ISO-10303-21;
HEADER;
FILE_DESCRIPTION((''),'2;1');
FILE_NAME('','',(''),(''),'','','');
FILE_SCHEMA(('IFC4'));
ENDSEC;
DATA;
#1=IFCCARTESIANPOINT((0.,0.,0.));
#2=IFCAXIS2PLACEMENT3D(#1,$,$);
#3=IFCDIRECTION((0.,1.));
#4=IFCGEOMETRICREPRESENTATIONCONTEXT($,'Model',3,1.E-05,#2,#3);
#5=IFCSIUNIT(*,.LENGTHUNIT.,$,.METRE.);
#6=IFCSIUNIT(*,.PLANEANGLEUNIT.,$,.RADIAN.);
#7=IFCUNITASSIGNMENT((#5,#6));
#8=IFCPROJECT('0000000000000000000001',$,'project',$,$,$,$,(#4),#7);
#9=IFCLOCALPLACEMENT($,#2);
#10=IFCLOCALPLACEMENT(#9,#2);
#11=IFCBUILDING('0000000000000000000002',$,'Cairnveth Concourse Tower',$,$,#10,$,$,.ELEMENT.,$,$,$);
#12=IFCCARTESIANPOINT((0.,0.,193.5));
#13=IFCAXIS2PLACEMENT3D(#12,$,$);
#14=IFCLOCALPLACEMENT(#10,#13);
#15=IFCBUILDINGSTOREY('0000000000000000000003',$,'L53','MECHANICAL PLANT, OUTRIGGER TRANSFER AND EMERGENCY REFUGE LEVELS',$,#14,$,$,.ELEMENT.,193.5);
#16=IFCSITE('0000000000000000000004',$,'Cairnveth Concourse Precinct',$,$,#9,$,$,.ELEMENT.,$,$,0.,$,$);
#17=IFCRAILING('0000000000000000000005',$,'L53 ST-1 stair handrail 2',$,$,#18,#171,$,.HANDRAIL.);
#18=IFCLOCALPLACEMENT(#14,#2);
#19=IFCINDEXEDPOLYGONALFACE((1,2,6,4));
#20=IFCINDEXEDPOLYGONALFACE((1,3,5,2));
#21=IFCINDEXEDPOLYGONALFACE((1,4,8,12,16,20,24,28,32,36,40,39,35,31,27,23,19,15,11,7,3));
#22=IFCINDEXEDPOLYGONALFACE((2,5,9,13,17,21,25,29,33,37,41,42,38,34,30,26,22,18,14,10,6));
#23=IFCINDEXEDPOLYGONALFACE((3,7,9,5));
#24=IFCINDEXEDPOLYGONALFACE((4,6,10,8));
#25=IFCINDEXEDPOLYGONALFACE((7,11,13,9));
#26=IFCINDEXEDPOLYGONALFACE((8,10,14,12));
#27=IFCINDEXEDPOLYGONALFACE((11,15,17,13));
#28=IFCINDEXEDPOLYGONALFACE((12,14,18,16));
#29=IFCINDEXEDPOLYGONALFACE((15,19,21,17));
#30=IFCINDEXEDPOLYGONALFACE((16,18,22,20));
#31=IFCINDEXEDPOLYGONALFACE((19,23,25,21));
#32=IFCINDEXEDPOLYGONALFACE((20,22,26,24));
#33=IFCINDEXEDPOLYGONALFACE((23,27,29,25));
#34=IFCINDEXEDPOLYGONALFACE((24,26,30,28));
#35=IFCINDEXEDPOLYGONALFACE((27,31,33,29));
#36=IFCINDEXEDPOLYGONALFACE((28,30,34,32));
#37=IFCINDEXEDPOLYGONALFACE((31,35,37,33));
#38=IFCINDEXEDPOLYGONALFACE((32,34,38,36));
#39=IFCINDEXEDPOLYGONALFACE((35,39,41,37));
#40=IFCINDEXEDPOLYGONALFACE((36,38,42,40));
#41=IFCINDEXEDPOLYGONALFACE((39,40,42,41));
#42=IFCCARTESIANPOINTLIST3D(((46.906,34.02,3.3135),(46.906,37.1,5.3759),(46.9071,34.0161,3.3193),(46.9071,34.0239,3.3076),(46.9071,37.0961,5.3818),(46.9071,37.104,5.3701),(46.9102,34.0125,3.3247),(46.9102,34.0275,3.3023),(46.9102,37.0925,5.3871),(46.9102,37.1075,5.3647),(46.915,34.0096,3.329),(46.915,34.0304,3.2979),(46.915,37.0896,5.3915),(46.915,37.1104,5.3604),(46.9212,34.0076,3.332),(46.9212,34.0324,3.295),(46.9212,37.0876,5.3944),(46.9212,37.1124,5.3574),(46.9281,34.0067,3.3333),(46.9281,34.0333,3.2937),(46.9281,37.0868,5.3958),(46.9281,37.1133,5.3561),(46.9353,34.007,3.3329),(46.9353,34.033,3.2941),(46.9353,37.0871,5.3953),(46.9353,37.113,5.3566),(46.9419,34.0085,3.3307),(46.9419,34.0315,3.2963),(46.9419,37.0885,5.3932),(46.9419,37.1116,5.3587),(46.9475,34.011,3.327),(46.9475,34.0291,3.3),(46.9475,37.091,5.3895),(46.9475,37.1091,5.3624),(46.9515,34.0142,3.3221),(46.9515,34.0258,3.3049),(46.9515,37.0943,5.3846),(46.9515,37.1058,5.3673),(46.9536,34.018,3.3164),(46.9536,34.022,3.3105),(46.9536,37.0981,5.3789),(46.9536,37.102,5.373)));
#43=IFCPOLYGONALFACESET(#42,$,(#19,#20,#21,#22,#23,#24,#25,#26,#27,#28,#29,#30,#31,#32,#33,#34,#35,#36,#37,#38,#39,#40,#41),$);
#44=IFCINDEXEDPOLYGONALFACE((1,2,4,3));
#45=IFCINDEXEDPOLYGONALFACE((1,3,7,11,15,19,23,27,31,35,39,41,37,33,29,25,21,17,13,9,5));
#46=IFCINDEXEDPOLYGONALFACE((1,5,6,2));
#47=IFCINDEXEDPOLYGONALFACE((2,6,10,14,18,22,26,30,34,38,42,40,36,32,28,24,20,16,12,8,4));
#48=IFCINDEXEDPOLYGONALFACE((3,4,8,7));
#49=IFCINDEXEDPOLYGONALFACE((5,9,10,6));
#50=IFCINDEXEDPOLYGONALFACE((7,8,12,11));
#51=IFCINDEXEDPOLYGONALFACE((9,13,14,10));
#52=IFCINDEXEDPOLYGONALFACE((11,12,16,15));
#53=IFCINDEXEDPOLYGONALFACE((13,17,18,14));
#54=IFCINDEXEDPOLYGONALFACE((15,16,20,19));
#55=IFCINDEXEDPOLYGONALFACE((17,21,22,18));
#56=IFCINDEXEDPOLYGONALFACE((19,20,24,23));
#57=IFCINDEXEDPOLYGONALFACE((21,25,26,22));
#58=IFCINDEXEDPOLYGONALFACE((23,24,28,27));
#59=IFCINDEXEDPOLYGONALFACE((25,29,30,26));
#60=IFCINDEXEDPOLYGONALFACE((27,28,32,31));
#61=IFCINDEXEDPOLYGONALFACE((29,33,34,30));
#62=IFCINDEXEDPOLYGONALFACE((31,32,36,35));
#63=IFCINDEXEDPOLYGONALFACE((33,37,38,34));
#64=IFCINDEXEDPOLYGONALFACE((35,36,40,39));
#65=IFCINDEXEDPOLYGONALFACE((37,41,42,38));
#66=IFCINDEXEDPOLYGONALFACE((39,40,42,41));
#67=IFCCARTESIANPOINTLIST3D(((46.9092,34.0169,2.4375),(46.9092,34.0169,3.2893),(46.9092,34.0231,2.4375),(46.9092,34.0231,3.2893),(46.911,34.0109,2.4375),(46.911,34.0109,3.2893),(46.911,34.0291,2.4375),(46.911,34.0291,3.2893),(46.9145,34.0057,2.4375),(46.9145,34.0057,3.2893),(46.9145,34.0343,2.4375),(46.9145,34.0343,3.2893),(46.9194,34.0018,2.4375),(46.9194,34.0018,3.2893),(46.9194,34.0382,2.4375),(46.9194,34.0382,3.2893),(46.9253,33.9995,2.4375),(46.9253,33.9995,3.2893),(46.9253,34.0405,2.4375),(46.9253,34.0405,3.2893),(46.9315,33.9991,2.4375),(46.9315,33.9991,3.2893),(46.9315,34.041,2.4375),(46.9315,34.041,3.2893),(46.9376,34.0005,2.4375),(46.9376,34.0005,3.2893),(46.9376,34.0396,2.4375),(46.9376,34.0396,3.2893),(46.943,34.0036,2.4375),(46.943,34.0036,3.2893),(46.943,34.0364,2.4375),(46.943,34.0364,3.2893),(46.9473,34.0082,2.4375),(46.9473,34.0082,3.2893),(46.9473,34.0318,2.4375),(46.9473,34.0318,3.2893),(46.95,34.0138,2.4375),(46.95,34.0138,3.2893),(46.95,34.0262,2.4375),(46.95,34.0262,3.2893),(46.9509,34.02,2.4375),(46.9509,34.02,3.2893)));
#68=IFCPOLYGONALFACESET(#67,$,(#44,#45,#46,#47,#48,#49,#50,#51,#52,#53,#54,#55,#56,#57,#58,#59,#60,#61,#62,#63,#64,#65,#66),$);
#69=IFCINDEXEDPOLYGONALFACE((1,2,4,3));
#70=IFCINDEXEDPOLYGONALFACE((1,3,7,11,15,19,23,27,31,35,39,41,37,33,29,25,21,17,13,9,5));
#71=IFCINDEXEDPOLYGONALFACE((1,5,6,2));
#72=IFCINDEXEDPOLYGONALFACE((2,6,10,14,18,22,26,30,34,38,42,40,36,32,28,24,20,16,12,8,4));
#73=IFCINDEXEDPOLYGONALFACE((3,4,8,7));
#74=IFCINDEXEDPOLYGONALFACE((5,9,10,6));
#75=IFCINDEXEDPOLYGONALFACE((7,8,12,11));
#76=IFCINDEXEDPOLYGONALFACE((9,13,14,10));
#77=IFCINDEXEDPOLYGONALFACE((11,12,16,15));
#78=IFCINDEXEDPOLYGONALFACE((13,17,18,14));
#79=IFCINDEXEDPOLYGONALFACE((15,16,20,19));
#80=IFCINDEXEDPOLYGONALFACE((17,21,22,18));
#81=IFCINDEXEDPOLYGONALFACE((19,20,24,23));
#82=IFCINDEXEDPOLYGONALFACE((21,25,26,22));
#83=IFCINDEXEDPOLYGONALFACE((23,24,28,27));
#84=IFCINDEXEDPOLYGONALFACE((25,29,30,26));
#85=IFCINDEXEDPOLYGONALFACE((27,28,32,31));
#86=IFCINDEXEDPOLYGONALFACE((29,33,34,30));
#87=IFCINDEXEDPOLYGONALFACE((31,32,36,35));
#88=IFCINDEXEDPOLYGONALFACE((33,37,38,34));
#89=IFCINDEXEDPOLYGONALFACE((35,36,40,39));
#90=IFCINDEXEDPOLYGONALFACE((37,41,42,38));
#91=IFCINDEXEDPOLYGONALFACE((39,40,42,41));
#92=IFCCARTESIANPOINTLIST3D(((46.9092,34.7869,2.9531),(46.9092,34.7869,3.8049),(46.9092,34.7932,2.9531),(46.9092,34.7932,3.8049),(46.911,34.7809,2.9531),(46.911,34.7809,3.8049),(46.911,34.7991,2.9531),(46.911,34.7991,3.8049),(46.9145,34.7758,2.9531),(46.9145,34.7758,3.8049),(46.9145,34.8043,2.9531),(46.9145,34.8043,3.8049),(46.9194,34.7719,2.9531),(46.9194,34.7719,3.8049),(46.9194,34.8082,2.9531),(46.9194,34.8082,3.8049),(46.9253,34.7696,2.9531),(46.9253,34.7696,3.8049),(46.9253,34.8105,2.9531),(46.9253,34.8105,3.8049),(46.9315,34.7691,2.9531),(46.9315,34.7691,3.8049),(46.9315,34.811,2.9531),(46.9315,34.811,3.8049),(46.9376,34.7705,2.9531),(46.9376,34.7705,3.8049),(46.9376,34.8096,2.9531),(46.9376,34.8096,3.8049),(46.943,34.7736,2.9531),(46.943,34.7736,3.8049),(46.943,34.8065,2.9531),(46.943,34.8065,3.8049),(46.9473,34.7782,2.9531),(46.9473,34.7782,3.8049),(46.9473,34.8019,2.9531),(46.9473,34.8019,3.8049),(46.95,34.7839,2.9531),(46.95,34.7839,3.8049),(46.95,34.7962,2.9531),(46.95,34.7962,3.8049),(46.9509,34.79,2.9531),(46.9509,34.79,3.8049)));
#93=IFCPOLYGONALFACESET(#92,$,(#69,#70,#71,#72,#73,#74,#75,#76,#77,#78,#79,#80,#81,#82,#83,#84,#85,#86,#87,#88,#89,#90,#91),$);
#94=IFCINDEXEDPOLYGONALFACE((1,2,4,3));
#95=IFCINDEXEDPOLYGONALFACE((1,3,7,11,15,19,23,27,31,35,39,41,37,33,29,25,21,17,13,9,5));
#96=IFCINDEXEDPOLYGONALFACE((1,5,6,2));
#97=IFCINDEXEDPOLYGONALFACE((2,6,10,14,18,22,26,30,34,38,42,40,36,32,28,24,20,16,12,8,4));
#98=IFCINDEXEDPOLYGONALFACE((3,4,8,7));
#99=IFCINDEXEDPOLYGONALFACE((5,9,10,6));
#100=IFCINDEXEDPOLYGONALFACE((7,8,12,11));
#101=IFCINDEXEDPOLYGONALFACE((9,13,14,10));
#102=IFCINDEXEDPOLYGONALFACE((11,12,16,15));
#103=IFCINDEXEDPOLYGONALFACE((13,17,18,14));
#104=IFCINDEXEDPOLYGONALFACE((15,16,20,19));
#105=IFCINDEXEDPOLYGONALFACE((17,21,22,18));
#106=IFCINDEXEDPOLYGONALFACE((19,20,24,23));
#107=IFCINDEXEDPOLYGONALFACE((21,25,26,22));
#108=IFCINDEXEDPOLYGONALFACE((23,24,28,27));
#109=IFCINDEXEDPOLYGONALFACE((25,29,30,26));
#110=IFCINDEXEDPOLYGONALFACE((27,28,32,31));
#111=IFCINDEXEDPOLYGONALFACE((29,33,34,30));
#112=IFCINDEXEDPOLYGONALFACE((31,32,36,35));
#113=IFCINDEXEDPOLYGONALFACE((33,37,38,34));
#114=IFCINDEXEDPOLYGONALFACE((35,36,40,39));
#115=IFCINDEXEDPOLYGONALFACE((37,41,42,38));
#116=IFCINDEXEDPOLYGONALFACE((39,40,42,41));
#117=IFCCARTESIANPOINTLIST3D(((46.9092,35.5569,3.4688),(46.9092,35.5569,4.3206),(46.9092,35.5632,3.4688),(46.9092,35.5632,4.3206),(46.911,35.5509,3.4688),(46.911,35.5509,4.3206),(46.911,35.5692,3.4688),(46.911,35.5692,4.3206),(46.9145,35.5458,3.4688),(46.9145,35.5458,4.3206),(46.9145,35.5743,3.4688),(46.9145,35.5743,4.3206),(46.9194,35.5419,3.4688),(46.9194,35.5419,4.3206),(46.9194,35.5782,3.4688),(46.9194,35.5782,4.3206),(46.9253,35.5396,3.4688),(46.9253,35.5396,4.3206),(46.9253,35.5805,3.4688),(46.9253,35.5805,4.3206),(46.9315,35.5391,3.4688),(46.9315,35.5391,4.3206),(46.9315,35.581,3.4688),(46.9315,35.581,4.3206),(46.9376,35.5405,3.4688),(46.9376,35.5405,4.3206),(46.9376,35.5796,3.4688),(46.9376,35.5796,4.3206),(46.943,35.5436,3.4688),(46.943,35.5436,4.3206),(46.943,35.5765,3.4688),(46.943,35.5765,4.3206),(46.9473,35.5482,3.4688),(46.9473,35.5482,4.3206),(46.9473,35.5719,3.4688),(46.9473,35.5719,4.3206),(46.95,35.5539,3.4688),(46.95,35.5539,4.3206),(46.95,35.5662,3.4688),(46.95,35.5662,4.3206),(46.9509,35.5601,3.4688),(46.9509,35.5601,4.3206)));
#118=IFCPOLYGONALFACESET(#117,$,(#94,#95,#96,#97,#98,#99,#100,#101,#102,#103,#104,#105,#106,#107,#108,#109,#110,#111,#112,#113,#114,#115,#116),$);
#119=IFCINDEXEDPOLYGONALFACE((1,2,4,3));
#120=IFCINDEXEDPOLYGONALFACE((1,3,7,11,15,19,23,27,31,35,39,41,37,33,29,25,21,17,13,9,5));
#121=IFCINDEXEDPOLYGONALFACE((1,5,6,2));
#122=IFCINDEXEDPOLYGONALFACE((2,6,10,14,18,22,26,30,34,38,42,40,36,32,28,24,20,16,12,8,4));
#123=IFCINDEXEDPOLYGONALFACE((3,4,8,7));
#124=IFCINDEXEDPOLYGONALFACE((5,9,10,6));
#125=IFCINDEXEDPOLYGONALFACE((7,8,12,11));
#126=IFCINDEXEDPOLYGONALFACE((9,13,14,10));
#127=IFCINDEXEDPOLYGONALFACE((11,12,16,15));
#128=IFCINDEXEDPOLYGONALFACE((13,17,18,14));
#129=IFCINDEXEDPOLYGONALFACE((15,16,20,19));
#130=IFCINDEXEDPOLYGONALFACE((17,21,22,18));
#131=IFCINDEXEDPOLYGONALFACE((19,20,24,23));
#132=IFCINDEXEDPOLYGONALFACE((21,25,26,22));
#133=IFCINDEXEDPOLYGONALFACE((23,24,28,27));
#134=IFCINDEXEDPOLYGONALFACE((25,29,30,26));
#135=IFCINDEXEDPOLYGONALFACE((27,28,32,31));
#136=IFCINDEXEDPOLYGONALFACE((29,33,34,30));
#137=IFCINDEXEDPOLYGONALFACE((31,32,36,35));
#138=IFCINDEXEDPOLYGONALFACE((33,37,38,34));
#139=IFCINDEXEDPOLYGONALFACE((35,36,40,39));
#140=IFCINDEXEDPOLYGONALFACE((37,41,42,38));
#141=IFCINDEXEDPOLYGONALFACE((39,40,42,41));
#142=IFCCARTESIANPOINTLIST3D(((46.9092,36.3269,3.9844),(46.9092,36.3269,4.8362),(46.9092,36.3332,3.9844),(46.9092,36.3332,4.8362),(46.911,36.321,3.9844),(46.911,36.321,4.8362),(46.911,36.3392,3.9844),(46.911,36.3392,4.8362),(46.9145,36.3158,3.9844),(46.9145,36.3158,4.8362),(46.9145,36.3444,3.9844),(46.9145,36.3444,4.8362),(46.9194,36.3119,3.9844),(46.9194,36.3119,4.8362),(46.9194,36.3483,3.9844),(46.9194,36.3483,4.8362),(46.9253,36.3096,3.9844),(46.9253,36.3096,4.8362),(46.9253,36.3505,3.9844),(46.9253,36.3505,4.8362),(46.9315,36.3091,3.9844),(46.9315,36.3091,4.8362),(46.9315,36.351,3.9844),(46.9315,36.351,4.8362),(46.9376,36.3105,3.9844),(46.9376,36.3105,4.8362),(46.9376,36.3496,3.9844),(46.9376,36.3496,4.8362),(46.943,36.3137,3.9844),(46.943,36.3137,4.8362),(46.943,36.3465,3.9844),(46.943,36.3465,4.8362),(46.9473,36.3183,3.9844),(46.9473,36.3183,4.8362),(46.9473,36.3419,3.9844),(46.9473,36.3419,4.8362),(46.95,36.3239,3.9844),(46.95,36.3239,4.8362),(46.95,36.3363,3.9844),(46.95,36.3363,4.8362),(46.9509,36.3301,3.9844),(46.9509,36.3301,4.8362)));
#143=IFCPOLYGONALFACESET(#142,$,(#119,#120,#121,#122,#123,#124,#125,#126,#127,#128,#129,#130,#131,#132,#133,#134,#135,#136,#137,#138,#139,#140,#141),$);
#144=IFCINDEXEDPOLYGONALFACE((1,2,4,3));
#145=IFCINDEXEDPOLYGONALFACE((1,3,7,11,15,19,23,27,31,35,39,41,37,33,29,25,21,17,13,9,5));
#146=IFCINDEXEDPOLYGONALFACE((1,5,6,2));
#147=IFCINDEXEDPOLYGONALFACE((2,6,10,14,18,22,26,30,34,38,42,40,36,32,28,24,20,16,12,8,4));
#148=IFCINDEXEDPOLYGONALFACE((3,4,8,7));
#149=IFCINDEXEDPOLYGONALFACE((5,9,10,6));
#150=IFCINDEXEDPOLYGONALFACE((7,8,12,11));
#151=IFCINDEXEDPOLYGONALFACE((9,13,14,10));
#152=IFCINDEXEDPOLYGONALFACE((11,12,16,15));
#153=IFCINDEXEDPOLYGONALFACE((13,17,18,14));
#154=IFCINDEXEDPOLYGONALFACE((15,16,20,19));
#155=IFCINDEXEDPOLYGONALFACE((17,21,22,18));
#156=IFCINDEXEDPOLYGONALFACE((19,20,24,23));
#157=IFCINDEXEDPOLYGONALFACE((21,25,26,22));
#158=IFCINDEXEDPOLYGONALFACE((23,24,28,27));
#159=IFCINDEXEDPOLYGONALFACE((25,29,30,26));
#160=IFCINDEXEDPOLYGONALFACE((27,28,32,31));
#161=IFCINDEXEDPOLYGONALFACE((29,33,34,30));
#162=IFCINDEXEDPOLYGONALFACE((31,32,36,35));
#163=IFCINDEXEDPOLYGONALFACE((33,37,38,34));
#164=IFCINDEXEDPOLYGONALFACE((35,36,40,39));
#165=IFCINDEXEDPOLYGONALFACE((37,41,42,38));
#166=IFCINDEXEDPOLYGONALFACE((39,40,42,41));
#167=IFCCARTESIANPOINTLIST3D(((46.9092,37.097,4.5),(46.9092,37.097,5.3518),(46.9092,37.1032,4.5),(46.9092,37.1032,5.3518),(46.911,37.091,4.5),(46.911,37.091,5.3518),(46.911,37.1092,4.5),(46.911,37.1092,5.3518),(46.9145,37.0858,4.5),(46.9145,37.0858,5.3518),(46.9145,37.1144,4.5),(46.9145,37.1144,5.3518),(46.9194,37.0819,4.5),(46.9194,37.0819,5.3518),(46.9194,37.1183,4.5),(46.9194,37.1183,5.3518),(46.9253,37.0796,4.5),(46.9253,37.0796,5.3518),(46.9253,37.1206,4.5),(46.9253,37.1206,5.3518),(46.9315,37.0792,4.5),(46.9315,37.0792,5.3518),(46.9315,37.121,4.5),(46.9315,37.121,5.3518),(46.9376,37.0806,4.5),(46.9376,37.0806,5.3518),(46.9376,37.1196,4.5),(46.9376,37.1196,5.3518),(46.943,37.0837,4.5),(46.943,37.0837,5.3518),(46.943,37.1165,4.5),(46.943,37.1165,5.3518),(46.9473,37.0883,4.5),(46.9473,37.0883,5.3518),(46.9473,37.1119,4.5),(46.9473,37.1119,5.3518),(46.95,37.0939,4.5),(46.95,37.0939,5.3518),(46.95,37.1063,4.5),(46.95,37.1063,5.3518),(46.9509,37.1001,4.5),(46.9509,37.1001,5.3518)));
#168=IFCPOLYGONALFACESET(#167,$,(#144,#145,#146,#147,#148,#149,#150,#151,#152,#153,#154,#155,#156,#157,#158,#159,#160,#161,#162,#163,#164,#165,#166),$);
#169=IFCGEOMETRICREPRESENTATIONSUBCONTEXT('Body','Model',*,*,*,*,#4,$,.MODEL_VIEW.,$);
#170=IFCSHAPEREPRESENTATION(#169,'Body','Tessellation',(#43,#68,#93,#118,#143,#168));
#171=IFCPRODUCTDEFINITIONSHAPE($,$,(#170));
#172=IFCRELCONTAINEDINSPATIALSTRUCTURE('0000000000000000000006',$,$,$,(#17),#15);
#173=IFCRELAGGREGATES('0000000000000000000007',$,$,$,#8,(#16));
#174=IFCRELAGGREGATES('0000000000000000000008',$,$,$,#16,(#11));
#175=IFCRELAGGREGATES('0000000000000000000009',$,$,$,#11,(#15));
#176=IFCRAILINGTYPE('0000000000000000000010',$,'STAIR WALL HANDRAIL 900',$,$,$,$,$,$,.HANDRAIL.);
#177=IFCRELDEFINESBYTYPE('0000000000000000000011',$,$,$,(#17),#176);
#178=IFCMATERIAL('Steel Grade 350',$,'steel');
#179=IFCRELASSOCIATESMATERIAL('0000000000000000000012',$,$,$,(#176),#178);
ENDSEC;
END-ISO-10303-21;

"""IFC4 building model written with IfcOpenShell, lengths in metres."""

from ifc_helpers import new_model, si_unit, direction, frame, origin, origin_2d, place, context, subcontext, project, spatial, circle, extrude, material, type_object, element, save


model = new_model("IFC4")

# Units and contexts
model_context = context("Model", 3, precision=1e-05, world=origin(), true_north=direction((0.0, 1.0)))
body_context = subcontext(model_context, "Body", "Model", "MODEL_VIEW")
ifc_project = project(units=[si_unit("LENGTHUNIT", "METRE"), si_unit("PLANEANGLEUNIT", "RADIAN")], contexts=[model_context])

# Site, building, storey
site_placement = place(None, origin())
site = spatial("IfcSite", under=ifc_project, at=site_placement, Name="Cairnveth Concourse Precinct", CompositionType="ELEMENT", RefElevation=0.0)
building_placement = place(site_placement, origin())
building = spatial("IfcBuilding", under=site, at=building_placement, Name="Cairnveth Concourse Tower", CompositionType="ELEMENT")
storey_placement = place(building_placement, frame((0.0, 0.0, 193.5)))
storey = spatial("IfcBuildingStorey", under=building, at=storey_placement, Name="L53", Description="MECHANICAL PLANT, OUTRIGGER TRANSFER AND EMERGENCY REFUGE LEVELS", CompositionType="ELEMENT", Elevation=193.5)

# Shared definitions
ifc_material_1 = material(Name="Steel Grade 350", Category="steel")

# Railing
railing_type_1 = type_object("IfcRailingType", Name="STAIR WALL HANDRAIL 900", PredefinedType="HANDRAIL", material=ifc_material_1)
railing_1_placement = place(storey_placement, frame((46.9299, 34.02, 2.4375)))
element("IfcRailing", 1, at=railing_1_placement, inside=storey, type_object=railing_type_1, Name="L53 ST-1 stair handrail 2", PredefinedType="HANDRAIL", context=body_context, shape_type="SweptSolid", body=[
    extrude(circle(Radius=0.0239, at=origin_2d()), frame((0.0, 0.0, 0.876), z_axis=(0.0, 0.830914, 0.556401), x_axis=(-1.0, 0.0, 0.0)), (0.0, 0.0, 1.0), 3.7068),
    extrude(circle(Radius=0.021, at=origin_2d()), origin(), (0.0, 0.0, 1.0), 0.8518),
    extrude(circle(Radius=0.021, at=origin_2d()), frame((0.0, 0.77, 0.5156)), (0.0, 0.0, 1.0), 0.8518),
    extrude(circle(Radius=0.021, at=origin_2d()), frame((0.0, 1.54, 1.0312)), (0.0, 0.0, 1.0), 0.8518),
    extrude(circle(Radius=0.021, at=origin_2d()), frame((0.0, 2.3101, 1.5469)), (0.0, 0.0, 1.0), 0.8518),
    extrude(circle(Radius=0.021, at=origin_2d()), frame((0.0, 3.0801, 2.0625)), (0.0, 0.0, 1.0), 0.8518),
])

save(model, "model.ifc")
